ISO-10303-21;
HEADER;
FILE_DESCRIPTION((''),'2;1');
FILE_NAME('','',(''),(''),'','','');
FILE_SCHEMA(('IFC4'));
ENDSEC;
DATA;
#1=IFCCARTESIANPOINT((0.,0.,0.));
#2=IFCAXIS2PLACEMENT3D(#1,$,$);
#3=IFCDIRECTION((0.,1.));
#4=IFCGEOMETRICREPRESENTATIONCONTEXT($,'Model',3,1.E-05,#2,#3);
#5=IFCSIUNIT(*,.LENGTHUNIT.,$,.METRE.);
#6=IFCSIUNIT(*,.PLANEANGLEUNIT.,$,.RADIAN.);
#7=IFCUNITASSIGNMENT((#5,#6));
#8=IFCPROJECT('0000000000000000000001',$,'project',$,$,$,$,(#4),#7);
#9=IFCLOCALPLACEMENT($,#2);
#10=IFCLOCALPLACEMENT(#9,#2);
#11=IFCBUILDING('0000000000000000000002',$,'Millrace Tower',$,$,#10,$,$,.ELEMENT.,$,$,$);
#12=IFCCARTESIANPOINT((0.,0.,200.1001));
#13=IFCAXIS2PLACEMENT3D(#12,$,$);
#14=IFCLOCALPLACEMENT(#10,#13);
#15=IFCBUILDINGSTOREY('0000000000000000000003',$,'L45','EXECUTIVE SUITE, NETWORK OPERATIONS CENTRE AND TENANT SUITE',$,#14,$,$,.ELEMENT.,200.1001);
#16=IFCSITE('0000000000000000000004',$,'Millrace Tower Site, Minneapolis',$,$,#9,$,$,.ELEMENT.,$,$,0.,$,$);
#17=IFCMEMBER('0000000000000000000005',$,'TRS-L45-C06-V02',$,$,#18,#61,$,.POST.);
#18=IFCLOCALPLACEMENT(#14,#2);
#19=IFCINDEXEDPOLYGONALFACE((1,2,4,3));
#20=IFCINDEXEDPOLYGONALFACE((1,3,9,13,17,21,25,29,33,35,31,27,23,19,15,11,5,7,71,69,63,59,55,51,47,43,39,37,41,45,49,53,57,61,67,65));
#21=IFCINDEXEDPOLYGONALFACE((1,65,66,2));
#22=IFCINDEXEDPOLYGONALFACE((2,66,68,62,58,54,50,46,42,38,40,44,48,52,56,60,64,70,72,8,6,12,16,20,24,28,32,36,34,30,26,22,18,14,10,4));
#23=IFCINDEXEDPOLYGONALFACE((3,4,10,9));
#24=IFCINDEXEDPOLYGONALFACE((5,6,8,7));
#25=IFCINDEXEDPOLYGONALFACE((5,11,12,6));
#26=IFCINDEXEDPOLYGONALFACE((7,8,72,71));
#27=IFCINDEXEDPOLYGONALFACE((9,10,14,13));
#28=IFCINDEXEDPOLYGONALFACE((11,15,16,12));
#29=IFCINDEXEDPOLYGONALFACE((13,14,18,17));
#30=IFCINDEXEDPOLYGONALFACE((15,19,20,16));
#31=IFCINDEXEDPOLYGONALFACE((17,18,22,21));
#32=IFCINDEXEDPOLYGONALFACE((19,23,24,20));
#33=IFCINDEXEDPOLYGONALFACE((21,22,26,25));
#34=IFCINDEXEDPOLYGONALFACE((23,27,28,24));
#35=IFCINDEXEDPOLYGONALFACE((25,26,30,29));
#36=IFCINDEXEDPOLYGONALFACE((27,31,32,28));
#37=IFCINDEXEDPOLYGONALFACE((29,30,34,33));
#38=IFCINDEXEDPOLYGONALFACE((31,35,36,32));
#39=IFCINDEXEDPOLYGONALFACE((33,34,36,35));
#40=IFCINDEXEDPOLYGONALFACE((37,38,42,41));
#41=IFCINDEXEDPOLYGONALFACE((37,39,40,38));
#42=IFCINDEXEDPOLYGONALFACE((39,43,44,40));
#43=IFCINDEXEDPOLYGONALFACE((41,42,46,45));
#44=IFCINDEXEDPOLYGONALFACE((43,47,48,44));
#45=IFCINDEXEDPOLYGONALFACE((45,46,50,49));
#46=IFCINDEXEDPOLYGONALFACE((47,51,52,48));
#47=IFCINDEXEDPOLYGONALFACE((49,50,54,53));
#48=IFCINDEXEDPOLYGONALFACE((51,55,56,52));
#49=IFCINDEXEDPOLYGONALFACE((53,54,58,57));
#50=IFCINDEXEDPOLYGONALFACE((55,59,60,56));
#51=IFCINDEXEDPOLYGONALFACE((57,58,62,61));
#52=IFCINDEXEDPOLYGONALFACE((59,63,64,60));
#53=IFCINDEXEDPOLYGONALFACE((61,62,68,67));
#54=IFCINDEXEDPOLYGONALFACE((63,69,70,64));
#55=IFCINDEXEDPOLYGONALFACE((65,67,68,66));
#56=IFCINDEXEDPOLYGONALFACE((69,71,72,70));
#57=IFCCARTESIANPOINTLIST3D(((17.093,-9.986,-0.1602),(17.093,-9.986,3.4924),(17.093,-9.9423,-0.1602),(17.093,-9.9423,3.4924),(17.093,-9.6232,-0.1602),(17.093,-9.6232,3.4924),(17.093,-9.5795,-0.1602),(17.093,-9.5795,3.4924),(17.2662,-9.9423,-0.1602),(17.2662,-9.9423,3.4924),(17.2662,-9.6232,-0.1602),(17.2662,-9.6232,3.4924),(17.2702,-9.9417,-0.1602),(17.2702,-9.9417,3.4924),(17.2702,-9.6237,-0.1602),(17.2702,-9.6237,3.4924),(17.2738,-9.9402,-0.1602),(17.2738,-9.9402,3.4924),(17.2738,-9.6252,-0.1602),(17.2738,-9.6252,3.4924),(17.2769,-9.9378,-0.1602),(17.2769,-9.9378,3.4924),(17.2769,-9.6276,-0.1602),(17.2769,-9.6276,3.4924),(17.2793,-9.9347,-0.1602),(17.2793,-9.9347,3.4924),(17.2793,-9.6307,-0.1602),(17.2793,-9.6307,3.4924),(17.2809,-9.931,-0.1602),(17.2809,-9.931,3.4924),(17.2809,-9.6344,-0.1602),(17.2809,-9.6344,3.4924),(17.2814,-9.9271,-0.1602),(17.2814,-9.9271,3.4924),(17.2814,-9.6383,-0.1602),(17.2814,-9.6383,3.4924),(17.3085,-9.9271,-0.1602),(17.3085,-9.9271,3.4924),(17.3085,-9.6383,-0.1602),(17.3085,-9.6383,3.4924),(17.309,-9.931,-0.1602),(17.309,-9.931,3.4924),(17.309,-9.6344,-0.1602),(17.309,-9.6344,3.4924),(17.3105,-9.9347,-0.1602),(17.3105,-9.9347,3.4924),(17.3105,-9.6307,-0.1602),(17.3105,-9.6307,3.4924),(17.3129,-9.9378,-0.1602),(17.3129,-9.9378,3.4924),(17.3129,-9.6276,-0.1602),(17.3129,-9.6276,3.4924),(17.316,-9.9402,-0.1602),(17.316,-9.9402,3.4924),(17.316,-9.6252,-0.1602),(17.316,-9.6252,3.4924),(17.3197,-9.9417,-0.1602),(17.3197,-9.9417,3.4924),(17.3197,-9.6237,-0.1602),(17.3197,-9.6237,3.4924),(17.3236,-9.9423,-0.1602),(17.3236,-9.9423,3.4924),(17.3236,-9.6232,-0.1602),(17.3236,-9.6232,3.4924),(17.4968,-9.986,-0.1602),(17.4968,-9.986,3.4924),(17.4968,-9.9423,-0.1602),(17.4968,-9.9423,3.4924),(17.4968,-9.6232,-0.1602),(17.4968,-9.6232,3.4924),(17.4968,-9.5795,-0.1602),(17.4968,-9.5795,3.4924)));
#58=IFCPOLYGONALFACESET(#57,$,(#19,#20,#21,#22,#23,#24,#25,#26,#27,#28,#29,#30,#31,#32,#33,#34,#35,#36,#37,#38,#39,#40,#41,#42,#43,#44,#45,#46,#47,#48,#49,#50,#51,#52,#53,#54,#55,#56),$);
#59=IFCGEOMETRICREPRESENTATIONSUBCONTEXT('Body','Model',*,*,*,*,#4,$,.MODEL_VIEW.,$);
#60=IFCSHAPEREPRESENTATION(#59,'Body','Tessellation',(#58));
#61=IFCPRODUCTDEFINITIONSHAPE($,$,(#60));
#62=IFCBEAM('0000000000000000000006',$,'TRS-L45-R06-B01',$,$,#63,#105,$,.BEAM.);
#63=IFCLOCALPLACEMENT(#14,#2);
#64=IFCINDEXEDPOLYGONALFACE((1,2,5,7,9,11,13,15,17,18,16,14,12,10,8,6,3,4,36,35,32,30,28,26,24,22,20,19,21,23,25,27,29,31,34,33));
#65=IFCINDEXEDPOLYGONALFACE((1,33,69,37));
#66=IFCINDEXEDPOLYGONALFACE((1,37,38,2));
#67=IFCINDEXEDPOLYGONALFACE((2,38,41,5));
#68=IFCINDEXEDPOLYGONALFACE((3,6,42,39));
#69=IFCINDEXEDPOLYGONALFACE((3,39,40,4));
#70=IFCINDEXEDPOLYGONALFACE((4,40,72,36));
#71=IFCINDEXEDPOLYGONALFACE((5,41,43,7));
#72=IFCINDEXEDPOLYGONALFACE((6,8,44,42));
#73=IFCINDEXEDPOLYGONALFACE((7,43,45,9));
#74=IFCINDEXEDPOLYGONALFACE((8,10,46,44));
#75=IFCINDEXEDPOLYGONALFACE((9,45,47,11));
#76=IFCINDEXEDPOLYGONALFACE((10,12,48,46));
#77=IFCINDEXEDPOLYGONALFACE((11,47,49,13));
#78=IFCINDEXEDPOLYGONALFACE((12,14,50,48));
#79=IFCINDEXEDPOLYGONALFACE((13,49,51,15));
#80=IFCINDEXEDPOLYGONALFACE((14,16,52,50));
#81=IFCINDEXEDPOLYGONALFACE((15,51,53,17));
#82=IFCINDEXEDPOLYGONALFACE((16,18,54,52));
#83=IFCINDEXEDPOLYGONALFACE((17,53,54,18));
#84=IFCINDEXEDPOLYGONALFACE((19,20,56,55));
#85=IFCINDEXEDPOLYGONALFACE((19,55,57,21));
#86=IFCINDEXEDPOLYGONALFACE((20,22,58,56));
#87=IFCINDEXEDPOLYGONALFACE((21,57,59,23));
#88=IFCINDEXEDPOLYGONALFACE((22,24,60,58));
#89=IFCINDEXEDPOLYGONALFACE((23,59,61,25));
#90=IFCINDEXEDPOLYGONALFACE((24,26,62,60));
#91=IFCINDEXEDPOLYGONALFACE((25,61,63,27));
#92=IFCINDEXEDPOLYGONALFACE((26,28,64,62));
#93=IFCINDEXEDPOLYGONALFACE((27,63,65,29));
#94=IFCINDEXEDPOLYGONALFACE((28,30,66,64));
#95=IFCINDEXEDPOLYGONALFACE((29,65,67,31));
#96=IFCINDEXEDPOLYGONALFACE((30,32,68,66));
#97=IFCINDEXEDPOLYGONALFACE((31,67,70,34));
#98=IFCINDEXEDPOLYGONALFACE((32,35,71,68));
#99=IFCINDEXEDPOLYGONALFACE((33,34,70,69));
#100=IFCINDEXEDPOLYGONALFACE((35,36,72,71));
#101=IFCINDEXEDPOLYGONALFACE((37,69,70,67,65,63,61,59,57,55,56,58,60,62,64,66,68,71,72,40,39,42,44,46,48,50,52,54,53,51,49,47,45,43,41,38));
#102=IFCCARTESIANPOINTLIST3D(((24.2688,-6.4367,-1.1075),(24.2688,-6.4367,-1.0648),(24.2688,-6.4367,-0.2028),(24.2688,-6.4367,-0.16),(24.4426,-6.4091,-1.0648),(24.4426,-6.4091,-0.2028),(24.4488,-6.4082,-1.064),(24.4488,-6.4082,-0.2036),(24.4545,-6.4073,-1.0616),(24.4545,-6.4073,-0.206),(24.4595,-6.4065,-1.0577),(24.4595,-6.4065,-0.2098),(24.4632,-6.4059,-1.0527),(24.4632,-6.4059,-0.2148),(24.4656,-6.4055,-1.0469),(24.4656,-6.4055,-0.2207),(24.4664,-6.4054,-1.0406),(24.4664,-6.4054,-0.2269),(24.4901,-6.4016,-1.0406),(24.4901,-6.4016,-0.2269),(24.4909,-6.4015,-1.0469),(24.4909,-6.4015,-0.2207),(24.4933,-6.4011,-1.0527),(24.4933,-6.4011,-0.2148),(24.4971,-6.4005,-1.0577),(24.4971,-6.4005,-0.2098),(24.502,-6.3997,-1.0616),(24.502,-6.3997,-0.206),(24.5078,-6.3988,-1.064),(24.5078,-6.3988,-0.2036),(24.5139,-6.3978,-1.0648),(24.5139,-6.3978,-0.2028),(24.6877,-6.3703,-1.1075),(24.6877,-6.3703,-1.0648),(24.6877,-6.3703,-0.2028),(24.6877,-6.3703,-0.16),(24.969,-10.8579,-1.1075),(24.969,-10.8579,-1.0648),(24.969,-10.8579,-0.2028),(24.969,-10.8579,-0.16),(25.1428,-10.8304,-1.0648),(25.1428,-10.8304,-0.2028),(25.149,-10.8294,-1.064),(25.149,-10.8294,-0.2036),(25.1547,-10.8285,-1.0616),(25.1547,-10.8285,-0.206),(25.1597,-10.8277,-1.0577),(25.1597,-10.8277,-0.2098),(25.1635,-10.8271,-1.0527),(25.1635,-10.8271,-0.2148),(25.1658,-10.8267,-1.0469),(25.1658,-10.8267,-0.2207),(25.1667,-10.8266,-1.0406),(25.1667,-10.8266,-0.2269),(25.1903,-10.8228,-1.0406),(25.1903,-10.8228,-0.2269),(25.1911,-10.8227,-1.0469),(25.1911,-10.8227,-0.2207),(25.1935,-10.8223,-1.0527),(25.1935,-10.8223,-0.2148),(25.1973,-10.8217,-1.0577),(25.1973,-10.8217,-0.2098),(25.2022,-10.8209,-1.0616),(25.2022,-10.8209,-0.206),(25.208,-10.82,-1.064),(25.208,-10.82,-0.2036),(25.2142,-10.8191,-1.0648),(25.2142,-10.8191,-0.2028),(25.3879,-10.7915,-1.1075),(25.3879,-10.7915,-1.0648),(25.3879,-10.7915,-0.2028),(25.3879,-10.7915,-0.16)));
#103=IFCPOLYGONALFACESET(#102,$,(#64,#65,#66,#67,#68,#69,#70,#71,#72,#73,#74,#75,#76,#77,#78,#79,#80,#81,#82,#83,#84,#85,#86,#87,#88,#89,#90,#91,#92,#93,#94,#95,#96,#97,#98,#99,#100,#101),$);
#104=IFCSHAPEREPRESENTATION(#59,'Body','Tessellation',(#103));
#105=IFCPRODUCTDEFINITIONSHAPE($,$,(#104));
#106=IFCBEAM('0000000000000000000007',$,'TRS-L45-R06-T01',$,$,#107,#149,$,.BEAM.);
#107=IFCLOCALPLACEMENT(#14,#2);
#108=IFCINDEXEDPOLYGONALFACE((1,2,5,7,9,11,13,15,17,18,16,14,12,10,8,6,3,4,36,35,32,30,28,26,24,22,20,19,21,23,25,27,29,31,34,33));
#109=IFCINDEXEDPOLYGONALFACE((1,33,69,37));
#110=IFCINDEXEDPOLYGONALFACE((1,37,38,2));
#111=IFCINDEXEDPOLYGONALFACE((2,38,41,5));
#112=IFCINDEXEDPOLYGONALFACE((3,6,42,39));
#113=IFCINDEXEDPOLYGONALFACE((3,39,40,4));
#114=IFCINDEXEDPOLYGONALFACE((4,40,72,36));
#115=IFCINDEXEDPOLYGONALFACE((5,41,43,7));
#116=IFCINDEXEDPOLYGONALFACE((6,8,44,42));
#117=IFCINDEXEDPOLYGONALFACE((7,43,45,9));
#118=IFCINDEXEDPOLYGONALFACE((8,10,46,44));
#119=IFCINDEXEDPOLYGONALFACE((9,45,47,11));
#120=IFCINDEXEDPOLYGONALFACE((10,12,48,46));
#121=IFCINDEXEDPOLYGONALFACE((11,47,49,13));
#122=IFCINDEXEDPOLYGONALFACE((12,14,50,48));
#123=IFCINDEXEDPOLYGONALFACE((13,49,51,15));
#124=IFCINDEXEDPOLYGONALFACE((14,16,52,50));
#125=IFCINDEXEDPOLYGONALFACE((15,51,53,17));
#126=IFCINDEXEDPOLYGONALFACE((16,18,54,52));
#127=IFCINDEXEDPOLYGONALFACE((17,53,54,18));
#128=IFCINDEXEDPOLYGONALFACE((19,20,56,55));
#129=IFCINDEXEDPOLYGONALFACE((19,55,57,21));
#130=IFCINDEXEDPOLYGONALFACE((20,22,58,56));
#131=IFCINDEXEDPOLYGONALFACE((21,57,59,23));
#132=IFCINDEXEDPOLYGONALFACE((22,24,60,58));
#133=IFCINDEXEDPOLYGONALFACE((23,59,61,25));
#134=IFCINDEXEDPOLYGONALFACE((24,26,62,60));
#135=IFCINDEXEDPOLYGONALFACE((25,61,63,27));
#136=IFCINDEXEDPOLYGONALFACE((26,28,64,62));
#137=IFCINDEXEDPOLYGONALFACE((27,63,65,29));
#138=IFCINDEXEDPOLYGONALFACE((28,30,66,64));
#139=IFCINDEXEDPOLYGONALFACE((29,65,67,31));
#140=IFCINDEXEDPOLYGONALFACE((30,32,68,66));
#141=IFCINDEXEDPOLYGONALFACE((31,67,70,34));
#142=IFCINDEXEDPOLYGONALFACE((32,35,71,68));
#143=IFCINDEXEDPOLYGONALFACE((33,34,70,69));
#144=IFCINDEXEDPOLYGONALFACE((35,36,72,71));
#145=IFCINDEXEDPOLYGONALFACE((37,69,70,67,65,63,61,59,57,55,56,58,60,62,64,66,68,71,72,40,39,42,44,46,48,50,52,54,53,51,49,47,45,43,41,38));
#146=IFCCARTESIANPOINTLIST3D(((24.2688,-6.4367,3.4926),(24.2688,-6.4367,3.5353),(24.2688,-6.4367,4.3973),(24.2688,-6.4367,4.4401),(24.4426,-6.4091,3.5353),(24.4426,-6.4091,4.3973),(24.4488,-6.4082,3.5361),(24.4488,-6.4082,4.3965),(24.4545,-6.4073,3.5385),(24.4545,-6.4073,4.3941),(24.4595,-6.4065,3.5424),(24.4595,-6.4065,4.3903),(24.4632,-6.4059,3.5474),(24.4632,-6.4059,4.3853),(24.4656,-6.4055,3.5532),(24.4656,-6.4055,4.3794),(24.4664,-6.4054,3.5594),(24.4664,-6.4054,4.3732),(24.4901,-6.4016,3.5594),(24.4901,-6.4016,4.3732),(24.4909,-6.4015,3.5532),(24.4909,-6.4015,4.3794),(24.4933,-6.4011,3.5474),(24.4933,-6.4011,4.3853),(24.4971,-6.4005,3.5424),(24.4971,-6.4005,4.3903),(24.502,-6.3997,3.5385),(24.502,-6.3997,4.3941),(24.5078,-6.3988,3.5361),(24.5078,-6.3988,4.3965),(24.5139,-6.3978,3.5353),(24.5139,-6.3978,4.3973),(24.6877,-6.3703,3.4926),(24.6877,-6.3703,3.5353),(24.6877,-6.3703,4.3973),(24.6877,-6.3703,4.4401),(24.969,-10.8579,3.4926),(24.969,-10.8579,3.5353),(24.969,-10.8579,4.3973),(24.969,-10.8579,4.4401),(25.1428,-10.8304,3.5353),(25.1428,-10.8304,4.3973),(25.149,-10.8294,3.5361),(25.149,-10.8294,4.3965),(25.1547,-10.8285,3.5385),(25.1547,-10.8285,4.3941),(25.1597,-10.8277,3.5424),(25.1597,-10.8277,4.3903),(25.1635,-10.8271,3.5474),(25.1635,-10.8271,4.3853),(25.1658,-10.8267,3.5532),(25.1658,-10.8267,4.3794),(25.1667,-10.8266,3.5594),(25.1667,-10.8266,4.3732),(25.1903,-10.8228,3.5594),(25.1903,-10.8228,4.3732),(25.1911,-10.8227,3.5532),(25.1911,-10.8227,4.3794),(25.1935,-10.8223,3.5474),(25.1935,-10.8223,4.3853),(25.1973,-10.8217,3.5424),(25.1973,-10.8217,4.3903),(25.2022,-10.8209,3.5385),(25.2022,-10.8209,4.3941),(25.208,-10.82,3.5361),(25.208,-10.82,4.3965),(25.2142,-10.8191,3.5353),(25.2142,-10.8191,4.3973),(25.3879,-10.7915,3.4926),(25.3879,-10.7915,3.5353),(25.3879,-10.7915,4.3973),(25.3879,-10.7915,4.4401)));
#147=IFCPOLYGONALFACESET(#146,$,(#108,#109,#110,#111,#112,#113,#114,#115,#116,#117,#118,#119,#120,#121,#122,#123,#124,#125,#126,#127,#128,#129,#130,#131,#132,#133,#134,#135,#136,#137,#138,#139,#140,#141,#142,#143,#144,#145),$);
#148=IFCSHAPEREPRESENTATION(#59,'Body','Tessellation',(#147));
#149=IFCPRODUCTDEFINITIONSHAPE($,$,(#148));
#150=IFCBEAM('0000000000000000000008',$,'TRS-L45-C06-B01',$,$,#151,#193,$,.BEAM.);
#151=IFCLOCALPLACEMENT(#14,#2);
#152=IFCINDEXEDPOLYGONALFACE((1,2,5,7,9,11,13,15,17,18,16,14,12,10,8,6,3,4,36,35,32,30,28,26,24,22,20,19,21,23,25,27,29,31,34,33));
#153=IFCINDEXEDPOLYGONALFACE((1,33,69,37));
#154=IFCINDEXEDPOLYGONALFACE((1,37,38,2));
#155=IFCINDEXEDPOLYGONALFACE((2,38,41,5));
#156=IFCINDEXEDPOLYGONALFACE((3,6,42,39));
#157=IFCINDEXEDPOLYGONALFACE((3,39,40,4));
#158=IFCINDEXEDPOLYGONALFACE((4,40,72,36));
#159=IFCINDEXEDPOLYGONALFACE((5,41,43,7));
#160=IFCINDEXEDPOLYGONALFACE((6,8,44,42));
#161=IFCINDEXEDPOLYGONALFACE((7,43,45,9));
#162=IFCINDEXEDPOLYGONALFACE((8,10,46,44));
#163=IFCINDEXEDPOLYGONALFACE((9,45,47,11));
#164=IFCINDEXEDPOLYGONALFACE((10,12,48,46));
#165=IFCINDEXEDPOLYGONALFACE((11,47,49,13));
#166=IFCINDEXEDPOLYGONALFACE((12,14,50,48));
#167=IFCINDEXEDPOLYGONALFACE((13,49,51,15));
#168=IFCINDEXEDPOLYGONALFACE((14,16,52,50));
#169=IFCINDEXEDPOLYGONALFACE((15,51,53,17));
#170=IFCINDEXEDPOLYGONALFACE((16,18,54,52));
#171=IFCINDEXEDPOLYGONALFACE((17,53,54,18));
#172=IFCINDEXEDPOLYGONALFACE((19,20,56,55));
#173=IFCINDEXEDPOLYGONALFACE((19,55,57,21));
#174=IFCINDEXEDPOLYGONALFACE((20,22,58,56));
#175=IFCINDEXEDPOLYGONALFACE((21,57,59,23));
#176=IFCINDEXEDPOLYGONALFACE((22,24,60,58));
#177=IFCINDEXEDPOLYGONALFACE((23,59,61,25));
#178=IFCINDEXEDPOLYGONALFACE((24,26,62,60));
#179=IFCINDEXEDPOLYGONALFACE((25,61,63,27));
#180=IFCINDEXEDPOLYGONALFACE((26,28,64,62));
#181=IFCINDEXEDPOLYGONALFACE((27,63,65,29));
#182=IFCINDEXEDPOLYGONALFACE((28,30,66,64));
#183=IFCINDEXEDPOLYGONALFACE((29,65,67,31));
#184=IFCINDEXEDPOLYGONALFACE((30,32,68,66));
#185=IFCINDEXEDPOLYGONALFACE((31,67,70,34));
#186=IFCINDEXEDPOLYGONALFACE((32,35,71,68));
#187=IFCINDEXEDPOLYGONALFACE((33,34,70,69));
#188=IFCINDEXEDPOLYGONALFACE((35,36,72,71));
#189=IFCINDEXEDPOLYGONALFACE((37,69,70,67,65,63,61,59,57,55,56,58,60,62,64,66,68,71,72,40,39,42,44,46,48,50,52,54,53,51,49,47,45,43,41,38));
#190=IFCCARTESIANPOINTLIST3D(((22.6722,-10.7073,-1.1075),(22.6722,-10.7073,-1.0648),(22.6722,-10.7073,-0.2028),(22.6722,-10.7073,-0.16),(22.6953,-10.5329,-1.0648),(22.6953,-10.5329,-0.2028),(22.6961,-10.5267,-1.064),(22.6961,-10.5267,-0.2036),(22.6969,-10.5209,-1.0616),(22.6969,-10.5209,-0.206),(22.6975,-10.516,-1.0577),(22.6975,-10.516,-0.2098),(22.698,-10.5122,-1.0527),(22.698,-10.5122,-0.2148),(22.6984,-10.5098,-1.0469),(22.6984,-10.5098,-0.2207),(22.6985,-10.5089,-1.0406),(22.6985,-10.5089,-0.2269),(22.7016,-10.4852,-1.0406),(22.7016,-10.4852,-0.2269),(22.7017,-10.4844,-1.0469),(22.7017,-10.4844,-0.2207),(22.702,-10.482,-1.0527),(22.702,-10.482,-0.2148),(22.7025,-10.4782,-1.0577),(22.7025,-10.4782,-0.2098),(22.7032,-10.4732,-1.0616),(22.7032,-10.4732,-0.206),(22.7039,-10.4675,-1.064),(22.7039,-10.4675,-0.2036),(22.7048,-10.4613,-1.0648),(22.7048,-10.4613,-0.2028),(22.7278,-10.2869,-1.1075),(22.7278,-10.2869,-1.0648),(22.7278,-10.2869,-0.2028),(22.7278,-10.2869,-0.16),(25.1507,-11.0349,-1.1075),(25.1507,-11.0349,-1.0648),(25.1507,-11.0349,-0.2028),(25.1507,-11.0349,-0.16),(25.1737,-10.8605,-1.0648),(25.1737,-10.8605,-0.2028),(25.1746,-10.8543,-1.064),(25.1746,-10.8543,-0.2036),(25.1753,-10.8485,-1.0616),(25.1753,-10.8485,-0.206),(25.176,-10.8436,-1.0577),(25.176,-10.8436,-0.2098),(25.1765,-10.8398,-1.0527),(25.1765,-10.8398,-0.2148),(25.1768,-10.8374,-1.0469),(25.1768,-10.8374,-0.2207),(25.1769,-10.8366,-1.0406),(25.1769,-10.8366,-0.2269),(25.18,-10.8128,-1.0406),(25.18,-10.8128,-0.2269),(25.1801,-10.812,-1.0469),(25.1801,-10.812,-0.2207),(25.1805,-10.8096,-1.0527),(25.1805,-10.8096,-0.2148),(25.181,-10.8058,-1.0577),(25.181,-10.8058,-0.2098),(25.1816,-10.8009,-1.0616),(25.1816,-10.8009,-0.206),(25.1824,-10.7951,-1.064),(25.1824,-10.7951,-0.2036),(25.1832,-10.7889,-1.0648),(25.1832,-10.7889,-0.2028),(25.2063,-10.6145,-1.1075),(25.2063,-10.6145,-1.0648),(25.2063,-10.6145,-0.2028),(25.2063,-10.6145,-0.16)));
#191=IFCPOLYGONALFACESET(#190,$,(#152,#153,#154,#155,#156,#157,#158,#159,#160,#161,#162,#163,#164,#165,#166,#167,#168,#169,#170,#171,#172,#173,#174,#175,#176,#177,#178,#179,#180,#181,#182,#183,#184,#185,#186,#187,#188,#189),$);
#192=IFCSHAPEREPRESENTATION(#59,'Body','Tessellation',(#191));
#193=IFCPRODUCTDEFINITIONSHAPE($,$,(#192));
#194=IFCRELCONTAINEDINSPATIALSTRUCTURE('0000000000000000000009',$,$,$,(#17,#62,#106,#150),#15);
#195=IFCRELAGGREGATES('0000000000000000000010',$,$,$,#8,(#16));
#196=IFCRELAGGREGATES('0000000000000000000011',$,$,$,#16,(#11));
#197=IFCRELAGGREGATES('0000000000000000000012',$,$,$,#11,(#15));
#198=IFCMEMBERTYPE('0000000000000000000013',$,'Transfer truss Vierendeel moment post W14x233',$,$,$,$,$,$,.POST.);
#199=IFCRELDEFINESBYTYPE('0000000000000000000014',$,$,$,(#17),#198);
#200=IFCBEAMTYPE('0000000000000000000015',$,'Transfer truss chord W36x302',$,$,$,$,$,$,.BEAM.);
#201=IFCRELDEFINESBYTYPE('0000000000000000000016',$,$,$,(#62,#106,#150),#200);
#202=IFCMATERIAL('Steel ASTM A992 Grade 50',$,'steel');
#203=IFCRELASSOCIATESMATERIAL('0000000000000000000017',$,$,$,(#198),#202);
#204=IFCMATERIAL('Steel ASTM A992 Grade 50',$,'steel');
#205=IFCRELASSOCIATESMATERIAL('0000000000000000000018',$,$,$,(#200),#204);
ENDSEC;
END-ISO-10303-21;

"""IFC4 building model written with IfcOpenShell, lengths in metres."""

from ifc_helpers import new_model, si_unit, direction, frame, origin, origin_2d, place, context, subcontext, project, spatial, i_section, extrude, material, material_profile, profile_set, type_object, element, save


model = new_model("IFC4")

# Units and contexts
model_context = context("Model", 3, precision=1e-05, world=origin(), true_north=direction((0.0, 1.0)))
body_context = subcontext(model_context, "Body", "Model", "MODEL_VIEW")
ifc_project = project(units=[si_unit("LENGTHUNIT", "METRE"), si_unit("PLANEANGLEUNIT", "RADIAN")], contexts=[model_context])

# Site, building, storey
site_placement = place(None, origin())
site = spatial("IfcSite", under=ifc_project, at=site_placement, Name="Millrace Tower Site, Minneapolis", CompositionType="ELEMENT", RefElevation=0.0)
building_placement = place(site_placement, origin())
building = spatial("IfcBuilding", under=site, at=building_placement, Name="Millrace Tower", CompositionType="ELEMENT")
storey_placement = place(building_placement, frame((0.0, 0.0, 200.1001)))
storey = spatial("IfcBuildingStorey", under=building, at=storey_placement, Name="L45", Description="EXECUTIVE SUITE, NETWORK OPERATIONS CENTRE AND TENANT SUITE", CompositionType="ELEMENT", Elevation=200.1001)

# Member
ifc_material_1 = material(Name="Steel ASTM A992 Grade 50", Category="steel")
ifc_material_profile_1 = material_profile(ifc_material_1, i_section(OverallWidth=0.4038, OverallDepth=0.4065, WebThickness=0.0271, FlangeThickness=0.0437, FilletRadius=0.0151, at=origin_2d()))
ifc_profile_set_1 = profile_set([ifc_material_profile_1], Name="Steel ASTM A992 Grade 50")
member_type_1 = type_object("IfcMemberType", Name="Transfer truss Vierendeel moment post W14x233", PredefinedType="POST", material=ifc_profile_set_1)
for number, where, z_axis, x_axis, name in (
    (1, (17.2949, -9.7827, -0.1602), (0.0, 0.0, 1.0), (1.0, 0.0, 0.0), "TRS-L45-C06-V02"),
):
    element("IfcMember", number, at=place(storey_placement, frame(where, z_axis=z_axis, x_axis=x_axis)), inside=storey, type_object=member_type_1, Name=name, PredefinedType="POST", context=body_context, shape_type="SweptSolid", body=[
        extrude(i_section(OverallWidth=0.4038, OverallDepth=0.4065, WebThickness=0.0271, FlangeThickness=0.0437, FilletRadius=0.0151, at=origin_2d()), origin(), (0.0, 0.0, 1.0), 3.6526),
    ])

# Beams
ifc_material_2 = material(Name="Steel ASTM A992 Grade 50", Category="steel")
ifc_material_profile_2 = material_profile(ifc_material_2, i_section(OverallWidth=0.4241, OverallDepth=0.9475, WebThickness=0.0239, FlangeThickness=0.0427, FilletRadius=0.0242, at=origin_2d()))
ifc_profile_set_2 = profile_set([ifc_material_profile_2], Name="Steel ASTM A992 Grade 50")
beam_type_1 = type_object("IfcBeamType", Name="Transfer truss chord W36x302", PredefinedType="BEAM", material=ifc_profile_set_2)
for number, where, z_axis, x_axis, name in (
    (2, (25.1785, -10.8247, -0.6338), (-0.156425, 0.98769, 0.0), (-0.98769, -0.156425, 0.0), "TRS-L45-R06-B01"),
    (3, (25.1785, -10.8247, 3.9663), (-0.156425, 0.98769, 0.0), (-0.98769, -0.156425, 0.0), "TRS-L45-R06-T01"),
):
    element("IfcBeam", number, at=place(storey_placement, frame(where, z_axis=z_axis, x_axis=x_axis)), inside=storey, type_object=beam_type_1, Name=name, PredefinedType="BEAM", context=body_context, shape_type="SweptSolid", body=[
        extrude(i_section(OverallWidth=0.4241, OverallDepth=0.9475, WebThickness=0.0239, FlangeThickness=0.0427, FilletRadius=0.0242, at=origin_2d()), origin(), (0.0, 0.0, 1.0), 4.4763),
    ])
for number, where, z_axis, x_axis, name in (
    (4, (25.1785, -10.8247, -0.6338), (-0.991376, 0.131051, 0.0), (-0.131051, -0.991376, 0.0), "TRS-L45-C06-B01"),
):
    element("IfcBeam", number, at=place(storey_placement, frame(where, z_axis=z_axis, x_axis=x_axis)), inside=storey, type_object=beam_type_1, Name=name, PredefinedType="BEAM", context=body_context, shape_type="SweptSolid", body=[
        extrude(i_section(OverallWidth=0.4241, OverallDepth=0.9475, WebThickness=0.0239, FlangeThickness=0.0427, FilletRadius=0.0242, at=origin_2d()), origin(), (0.0, 0.0, 1.0), 2.5),
    ])

save(model, "model.ifc")
